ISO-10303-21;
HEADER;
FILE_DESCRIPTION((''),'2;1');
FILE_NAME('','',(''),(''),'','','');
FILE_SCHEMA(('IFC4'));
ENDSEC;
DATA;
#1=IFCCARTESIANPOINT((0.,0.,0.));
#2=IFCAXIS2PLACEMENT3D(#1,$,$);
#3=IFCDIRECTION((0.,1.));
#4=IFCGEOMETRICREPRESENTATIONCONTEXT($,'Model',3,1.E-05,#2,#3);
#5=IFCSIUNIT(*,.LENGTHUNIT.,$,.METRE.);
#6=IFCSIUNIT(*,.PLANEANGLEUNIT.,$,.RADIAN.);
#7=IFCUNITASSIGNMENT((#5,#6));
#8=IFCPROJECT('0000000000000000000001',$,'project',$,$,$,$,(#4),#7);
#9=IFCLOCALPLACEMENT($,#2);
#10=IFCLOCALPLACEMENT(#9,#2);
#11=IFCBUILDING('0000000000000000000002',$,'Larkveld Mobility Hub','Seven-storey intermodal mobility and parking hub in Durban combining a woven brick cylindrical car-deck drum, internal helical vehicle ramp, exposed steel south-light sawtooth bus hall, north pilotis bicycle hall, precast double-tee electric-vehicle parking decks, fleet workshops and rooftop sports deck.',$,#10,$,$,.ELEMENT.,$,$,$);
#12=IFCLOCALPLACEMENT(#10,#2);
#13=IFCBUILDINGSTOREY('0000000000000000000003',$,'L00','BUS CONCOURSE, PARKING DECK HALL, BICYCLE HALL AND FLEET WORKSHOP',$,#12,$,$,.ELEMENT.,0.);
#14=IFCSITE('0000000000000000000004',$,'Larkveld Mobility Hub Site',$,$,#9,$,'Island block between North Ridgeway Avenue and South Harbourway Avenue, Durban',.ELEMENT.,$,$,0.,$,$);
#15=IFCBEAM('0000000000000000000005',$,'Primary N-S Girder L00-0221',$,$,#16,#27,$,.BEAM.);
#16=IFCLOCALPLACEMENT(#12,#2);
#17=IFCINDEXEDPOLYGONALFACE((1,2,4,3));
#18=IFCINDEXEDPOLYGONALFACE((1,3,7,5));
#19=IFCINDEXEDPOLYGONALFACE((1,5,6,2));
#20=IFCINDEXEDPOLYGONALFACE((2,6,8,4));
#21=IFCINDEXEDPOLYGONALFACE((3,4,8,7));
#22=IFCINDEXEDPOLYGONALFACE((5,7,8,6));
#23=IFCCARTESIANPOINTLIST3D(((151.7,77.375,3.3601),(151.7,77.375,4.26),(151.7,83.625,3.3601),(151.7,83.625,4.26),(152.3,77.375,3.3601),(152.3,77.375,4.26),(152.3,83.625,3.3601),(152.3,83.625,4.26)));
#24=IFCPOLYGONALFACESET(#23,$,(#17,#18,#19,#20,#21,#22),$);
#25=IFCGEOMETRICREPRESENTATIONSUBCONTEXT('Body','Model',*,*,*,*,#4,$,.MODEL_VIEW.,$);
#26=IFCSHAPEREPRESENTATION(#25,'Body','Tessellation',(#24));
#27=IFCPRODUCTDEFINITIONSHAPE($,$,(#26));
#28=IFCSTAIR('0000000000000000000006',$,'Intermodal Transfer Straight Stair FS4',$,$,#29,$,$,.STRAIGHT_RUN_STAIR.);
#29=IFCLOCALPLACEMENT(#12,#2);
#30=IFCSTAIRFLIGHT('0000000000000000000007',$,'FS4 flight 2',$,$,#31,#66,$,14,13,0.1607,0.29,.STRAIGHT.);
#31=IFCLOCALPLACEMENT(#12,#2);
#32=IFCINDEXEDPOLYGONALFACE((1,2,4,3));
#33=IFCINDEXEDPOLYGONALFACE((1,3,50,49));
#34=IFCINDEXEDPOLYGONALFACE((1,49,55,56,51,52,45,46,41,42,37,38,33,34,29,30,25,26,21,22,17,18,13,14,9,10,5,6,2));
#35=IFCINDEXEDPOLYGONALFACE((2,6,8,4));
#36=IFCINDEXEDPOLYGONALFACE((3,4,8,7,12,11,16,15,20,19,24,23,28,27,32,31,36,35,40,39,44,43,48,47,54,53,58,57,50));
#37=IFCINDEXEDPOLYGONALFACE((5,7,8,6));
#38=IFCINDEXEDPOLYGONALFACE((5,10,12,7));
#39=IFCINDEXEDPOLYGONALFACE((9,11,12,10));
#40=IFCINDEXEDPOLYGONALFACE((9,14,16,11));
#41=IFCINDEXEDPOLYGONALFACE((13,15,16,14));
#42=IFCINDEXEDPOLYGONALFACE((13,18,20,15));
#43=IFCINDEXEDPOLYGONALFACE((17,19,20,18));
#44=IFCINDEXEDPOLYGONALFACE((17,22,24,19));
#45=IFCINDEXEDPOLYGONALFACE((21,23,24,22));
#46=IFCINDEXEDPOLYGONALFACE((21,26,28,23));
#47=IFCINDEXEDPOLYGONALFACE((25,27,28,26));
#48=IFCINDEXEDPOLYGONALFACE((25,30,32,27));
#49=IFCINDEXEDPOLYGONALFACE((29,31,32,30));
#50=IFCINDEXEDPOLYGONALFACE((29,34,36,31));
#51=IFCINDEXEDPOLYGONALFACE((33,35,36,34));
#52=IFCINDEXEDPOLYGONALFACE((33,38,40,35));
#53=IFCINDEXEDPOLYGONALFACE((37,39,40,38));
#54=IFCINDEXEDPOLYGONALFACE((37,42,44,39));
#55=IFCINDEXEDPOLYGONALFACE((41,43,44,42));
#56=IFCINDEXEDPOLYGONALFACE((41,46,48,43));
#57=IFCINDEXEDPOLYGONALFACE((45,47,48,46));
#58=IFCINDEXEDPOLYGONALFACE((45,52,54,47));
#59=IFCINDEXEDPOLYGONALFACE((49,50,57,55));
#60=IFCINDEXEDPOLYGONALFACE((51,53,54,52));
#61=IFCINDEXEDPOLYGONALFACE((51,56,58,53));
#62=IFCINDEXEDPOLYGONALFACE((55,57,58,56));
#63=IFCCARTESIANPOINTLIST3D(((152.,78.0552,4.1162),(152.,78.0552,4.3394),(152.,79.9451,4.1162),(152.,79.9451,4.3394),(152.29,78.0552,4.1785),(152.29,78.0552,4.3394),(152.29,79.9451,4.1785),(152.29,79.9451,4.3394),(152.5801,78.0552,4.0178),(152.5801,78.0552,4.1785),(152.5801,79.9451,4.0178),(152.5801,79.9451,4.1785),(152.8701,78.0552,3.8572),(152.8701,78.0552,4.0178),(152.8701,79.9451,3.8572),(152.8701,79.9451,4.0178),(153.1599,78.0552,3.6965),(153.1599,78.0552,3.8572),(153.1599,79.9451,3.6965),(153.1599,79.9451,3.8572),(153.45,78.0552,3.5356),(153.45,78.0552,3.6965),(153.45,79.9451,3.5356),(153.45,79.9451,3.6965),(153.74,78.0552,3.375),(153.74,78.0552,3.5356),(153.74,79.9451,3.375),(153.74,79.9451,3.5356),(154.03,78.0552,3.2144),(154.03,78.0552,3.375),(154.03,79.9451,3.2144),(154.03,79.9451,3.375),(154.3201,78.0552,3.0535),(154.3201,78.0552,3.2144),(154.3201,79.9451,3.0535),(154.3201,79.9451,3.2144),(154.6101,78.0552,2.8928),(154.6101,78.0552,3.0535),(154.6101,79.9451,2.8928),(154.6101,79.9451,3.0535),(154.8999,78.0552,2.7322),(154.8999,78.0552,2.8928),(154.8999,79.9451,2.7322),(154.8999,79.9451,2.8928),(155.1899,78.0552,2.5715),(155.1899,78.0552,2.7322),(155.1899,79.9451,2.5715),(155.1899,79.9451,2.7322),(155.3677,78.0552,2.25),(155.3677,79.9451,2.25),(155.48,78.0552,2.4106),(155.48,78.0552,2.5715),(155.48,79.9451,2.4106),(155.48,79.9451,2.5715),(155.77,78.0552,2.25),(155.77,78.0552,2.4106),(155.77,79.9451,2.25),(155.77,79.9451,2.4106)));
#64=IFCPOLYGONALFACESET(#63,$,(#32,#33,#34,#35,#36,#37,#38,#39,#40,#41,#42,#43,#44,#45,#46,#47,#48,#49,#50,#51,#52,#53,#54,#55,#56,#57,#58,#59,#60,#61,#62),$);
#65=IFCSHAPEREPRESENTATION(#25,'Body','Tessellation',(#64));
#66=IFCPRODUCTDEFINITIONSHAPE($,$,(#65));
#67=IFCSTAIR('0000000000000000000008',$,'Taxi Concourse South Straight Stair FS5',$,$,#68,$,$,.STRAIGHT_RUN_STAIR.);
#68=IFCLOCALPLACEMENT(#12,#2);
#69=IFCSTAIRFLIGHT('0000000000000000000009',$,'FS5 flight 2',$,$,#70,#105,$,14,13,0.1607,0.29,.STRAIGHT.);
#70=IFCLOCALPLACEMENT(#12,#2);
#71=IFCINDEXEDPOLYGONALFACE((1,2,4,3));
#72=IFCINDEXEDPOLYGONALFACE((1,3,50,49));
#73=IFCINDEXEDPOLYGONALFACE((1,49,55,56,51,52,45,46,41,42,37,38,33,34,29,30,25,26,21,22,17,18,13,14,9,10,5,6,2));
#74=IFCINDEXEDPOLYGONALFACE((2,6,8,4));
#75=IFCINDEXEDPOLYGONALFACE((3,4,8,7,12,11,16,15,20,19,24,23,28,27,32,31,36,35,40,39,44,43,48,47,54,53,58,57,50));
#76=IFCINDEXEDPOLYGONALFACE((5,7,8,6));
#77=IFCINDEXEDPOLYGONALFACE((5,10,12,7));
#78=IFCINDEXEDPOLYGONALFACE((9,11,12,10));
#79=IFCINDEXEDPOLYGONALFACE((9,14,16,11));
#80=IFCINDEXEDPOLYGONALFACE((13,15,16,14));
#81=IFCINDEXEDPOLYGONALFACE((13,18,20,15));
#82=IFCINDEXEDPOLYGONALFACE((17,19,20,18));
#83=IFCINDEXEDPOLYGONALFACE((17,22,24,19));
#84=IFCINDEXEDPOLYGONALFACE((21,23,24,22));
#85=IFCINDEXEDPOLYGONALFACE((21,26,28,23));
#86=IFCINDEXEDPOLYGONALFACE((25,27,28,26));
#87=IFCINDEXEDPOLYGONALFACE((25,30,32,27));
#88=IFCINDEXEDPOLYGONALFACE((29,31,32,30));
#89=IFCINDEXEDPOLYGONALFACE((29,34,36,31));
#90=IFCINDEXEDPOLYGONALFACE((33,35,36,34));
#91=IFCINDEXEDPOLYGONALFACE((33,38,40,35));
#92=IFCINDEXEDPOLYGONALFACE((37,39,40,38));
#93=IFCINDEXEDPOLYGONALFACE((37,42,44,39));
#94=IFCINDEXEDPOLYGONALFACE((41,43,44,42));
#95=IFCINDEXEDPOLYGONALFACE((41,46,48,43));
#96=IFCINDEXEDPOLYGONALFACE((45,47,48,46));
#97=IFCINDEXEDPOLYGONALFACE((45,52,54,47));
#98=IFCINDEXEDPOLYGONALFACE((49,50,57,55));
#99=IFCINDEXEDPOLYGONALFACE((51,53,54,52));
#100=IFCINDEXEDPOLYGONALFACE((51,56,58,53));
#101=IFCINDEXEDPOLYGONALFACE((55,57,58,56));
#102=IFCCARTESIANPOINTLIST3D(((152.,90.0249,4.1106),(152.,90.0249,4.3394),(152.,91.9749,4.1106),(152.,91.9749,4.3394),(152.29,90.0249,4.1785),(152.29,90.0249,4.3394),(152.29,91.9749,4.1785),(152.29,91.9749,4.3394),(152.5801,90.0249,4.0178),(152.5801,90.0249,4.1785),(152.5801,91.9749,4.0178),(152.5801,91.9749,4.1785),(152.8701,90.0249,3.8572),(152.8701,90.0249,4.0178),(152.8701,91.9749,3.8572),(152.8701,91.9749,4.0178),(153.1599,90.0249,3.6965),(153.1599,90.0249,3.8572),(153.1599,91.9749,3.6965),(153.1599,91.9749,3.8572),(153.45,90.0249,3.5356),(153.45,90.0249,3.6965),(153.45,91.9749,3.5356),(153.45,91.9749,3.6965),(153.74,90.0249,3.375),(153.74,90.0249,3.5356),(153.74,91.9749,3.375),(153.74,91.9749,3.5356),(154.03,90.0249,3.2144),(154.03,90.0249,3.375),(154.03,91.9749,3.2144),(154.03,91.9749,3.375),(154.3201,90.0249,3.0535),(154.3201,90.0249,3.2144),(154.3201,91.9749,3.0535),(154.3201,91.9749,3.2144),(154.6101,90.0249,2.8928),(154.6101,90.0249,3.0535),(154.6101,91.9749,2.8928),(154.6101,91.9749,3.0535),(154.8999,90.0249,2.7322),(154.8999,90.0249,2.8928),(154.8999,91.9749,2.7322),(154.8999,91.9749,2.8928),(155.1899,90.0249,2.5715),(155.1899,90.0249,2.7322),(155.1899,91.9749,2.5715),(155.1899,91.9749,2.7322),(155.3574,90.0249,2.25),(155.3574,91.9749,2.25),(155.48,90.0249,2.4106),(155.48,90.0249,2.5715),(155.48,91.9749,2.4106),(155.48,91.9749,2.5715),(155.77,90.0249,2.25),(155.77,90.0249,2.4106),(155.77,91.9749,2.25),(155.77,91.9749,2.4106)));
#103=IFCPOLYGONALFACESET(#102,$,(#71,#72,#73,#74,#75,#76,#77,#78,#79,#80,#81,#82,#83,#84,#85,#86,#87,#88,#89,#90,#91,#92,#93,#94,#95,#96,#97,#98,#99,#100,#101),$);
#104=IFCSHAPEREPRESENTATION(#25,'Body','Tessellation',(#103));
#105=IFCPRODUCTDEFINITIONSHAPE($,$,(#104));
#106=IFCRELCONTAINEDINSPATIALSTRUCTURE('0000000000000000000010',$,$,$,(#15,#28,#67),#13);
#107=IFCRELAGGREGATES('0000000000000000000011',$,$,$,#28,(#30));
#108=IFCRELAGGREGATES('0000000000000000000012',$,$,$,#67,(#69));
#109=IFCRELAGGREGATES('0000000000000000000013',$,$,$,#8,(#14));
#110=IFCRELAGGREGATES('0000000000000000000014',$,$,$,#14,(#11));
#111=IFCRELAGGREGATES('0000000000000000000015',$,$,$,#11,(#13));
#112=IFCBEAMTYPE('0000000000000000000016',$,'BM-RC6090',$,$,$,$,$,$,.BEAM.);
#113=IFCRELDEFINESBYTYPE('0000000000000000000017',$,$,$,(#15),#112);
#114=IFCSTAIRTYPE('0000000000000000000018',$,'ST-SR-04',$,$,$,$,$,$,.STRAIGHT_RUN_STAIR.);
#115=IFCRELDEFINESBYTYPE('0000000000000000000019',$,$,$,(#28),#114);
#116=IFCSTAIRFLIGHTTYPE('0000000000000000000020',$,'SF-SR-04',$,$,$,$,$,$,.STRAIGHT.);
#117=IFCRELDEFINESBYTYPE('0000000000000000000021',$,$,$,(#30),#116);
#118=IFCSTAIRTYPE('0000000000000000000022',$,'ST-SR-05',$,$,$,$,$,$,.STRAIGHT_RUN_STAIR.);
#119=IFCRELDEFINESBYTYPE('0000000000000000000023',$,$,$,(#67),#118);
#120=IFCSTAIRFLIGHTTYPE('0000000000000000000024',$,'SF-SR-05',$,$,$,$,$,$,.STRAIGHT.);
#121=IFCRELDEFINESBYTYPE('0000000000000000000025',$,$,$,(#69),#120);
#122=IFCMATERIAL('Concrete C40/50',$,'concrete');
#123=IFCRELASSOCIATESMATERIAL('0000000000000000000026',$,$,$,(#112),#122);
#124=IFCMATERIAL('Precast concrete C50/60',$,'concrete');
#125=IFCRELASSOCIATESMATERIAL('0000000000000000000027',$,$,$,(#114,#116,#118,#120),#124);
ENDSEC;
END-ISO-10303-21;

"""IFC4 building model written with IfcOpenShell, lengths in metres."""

from ifc_helpers import new_model, si_unit, direction, frame, origin, origin_2d, place, context, subcontext, project, spatial, polyline, rectangle, outline, extrude, material, material_profile, profile_set, type_object, element, aggregate, save


model = new_model("IFC4")

# Units and contexts
model_context = context("Model", 3, precision=1e-05, world=origin(), true_north=direction((0.0, 1.0)))
body_context = subcontext(model_context, "Body", "Model", "MODEL_VIEW")
ifc_project = project(units=[si_unit("LENGTHUNIT", "METRE"), si_unit("PLANEANGLEUNIT", "RADIAN")], contexts=[model_context])

# Site, building, storey
site_placement = place(None, origin())
site = spatial("IfcSite", under=ifc_project, at=site_placement, Name="Larkveld Mobility Hub Site", LongName="Island block between North Ridgeway Avenue and South Harbourway Avenue, Durban", CompositionType="ELEMENT", RefElevation=0.0)
building_placement = place(site_placement, origin())
building = spatial("IfcBuilding", under=site, at=building_placement, Name="Larkveld Mobility Hub", Description="Seven-storey intermodal mobility and parking hub in Durban combining a woven brick cylindrical car-deck drum, internal helical vehicle ramp, exposed steel south-light sawtooth bus hall, north pilotis bicycle hall, precast double-tee electric-vehicle parking decks, fleet workshops and rooftop sports deck.", CompositionType="ELEMENT")
storey_placement = place(building_placement, origin())
storey = spatial("IfcBuildingStorey", under=building, at=storey_placement, Name="L00", Description="BUS CONCOURSE, PARKING DECK HALL, BICYCLE HALL AND FLEET WORKSHOP", CompositionType="ELEMENT", Elevation=0.0)

# Shared definitions
ifc_material_1 = material(Name="Concrete C40/50", Category="concrete")

# Beam
ifc_material_profile_1 = material_profile(ifc_material_1, rectangle(XDim=0.6001, YDim=0.8999, at=origin_2d()), Name="RC BM 600x900")
ifc_profile_set_1 = profile_set([ifc_material_profile_1], Name="Concrete C40/50")
beam_type_1 = type_object("IfcBeamType", Name="BM-RC6090", PredefinedType="BEAM", material=ifc_profile_set_1)
beam_1_placement = place(storey_placement, frame((152.0, 77.375, 3.8101), z_axis=(0.0, 1.0, 0.0), x_axis=(-1.0, 0.0, 0.0)))
element("IfcBeam", 1, at=beam_1_placement, inside=storey, type_object=beam_type_1, Name="Primary N-S Girder L00-0221", PredefinedType="BEAM", context=body_context, shape_type="SweptSolid", body=[
    extrude(rectangle(XDim=0.6001, YDim=0.8999, at=origin_2d()), origin(), (0.0, 0.0, 1.0), 6.25),
])

# Stairs, stair flights
ifc_material_2 = material(Name="Precast concrete C50/60", Category="concrete")
stair_type_1 = type_object("IfcStairType", Name="ST-SR-04", PredefinedType="STRAIGHT_RUN_STAIR", material=ifc_material_2)
stair_1_placement = place(storey_placement, origin())
stair_1 = element("IfcStair", 2, at=stair_1_placement, inside=storey, type_object=stair_type_1, Name="Intermodal Transfer Straight Stair FS4", PredefinedType="STRAIGHT_RUN_STAIR")
stair_flight_type_1 = type_object("IfcStairFlightType", Name="SF-SR-04", PredefinedType="STRAIGHT", material=ifc_material_2)
stair_flight_1_placement = place(storey_placement, frame((155.77, 79.0, 2.25), z_axis=(0.0, 0.0, 1.0), x_axis=(-1.0, 0.0, 0.0)))
stair_flight_1 = element("IfcStairFlight", 3, at=stair_flight_1_placement, type_object=stair_flight_type_1, Name="FS4 flight 2", NumberOfRisers=14, NumberOfTreads=13, PredefinedType="STRAIGHT", RiserHeight=0.1607, TreadLength=0.29, context=body_context, shape_type="SweptSolid", body=[
    extrude(outline(polyline([(0.0, 0.0), (0.0, 0.1606), (0.29, 0.1606), (0.29, 0.3215), (0.5801, 0.3215), (0.5801, 0.4822), (0.8701, 0.4822), (0.8701, 0.6428), (1.1599, 0.6428), (1.1599, 0.8035), (1.45, 0.8035), (1.45, 0.9644), (1.74, 0.9644), (1.74, 1.125), (2.03, 1.125), (2.03, 1.2856), (2.3201, 1.2856), (2.3201, 1.4465), (2.6101, 1.4465), (2.6101, 1.6072), (2.8999, 1.6072), (2.8999, 1.7678), (3.1899, 1.7678), (3.1899, 1.9285), (3.48, 1.9285), (3.48, 2.0894), (3.77, 2.0894), (3.77, 2.25), (3.77, 1.8662), (0.4023, 0.0), (0.0, 0.0)])), frame((0.0, 0.9448, 0.0), z_axis=(0.0, -1.0, 0.0), x_axis=(1.0, 0.0, 0.0)), (0.0, 0.0, 1.0), 1.8899),
])
aggregate(stair_1, [stair_flight_1])
stair_type_2 = type_object("IfcStairType", Name="ST-SR-05", PredefinedType="STRAIGHT_RUN_STAIR", material=ifc_material_2)
stair_2_placement = place(storey_placement, origin())
stair_2 = element("IfcStair", 4, at=stair_2_placement, inside=storey, type_object=stair_type_2, Name="Taxi Concourse South Straight Stair FS5", PredefinedType="STRAIGHT_RUN_STAIR")
stair_flight_type_2 = type_object("IfcStairFlightType", Name="SF-SR-05", PredefinedType="STRAIGHT", material=ifc_material_2)
stair_flight_2_placement = place(storey_placement, frame((155.77, 91.0, 2.25), z_axis=(0.0, 0.0, 1.0), x_axis=(-1.0, 0.0, 0.0)))
stair_flight_2 = element("IfcStairFlight", 5, at=stair_flight_2_placement, type_object=stair_flight_type_2, Name="FS5 flight 2", NumberOfRisers=14, NumberOfTreads=13, PredefinedType="STRAIGHT", RiserHeight=0.1607, TreadLength=0.29, context=body_context, shape_type="SweptSolid", body=[
    extrude(outline(polyline([(0.0, 0.0), (0.0, 0.1606), (0.29, 0.1606), (0.29, 0.3215), (0.5801, 0.3215), (0.5801, 0.4822), (0.8701, 0.4822), (0.8701, 0.6428), (1.1599, 0.6428), (1.1599, 0.8035), (1.45, 0.8035), (1.45, 0.9644), (1.74, 0.9644), (1.74, 1.125), (2.03, 1.125), (2.03, 1.2856), (2.3201, 1.2856), (2.3201, 1.4465), (2.6101, 1.4465), (2.6101, 1.6072), (2.8999, 1.6072), (2.8999, 1.7678), (3.1899, 1.7678), (3.1899, 1.9285), (3.48, 1.9285), (3.48, 2.0894), (3.77, 2.0894), (3.77, 2.25), (3.77, 1.8606), (0.4126, 0.0), (0.0, 0.0)])), frame((0.0, 0.9751, 0.0), z_axis=(0.0, -1.0, 0.0), x_axis=(1.0, 0.0, 0.0)), (0.0, 0.0, 1.0), 1.95),
])
aggregate(stair_2, [stair_flight_2])

save(model, "model.ifc")
